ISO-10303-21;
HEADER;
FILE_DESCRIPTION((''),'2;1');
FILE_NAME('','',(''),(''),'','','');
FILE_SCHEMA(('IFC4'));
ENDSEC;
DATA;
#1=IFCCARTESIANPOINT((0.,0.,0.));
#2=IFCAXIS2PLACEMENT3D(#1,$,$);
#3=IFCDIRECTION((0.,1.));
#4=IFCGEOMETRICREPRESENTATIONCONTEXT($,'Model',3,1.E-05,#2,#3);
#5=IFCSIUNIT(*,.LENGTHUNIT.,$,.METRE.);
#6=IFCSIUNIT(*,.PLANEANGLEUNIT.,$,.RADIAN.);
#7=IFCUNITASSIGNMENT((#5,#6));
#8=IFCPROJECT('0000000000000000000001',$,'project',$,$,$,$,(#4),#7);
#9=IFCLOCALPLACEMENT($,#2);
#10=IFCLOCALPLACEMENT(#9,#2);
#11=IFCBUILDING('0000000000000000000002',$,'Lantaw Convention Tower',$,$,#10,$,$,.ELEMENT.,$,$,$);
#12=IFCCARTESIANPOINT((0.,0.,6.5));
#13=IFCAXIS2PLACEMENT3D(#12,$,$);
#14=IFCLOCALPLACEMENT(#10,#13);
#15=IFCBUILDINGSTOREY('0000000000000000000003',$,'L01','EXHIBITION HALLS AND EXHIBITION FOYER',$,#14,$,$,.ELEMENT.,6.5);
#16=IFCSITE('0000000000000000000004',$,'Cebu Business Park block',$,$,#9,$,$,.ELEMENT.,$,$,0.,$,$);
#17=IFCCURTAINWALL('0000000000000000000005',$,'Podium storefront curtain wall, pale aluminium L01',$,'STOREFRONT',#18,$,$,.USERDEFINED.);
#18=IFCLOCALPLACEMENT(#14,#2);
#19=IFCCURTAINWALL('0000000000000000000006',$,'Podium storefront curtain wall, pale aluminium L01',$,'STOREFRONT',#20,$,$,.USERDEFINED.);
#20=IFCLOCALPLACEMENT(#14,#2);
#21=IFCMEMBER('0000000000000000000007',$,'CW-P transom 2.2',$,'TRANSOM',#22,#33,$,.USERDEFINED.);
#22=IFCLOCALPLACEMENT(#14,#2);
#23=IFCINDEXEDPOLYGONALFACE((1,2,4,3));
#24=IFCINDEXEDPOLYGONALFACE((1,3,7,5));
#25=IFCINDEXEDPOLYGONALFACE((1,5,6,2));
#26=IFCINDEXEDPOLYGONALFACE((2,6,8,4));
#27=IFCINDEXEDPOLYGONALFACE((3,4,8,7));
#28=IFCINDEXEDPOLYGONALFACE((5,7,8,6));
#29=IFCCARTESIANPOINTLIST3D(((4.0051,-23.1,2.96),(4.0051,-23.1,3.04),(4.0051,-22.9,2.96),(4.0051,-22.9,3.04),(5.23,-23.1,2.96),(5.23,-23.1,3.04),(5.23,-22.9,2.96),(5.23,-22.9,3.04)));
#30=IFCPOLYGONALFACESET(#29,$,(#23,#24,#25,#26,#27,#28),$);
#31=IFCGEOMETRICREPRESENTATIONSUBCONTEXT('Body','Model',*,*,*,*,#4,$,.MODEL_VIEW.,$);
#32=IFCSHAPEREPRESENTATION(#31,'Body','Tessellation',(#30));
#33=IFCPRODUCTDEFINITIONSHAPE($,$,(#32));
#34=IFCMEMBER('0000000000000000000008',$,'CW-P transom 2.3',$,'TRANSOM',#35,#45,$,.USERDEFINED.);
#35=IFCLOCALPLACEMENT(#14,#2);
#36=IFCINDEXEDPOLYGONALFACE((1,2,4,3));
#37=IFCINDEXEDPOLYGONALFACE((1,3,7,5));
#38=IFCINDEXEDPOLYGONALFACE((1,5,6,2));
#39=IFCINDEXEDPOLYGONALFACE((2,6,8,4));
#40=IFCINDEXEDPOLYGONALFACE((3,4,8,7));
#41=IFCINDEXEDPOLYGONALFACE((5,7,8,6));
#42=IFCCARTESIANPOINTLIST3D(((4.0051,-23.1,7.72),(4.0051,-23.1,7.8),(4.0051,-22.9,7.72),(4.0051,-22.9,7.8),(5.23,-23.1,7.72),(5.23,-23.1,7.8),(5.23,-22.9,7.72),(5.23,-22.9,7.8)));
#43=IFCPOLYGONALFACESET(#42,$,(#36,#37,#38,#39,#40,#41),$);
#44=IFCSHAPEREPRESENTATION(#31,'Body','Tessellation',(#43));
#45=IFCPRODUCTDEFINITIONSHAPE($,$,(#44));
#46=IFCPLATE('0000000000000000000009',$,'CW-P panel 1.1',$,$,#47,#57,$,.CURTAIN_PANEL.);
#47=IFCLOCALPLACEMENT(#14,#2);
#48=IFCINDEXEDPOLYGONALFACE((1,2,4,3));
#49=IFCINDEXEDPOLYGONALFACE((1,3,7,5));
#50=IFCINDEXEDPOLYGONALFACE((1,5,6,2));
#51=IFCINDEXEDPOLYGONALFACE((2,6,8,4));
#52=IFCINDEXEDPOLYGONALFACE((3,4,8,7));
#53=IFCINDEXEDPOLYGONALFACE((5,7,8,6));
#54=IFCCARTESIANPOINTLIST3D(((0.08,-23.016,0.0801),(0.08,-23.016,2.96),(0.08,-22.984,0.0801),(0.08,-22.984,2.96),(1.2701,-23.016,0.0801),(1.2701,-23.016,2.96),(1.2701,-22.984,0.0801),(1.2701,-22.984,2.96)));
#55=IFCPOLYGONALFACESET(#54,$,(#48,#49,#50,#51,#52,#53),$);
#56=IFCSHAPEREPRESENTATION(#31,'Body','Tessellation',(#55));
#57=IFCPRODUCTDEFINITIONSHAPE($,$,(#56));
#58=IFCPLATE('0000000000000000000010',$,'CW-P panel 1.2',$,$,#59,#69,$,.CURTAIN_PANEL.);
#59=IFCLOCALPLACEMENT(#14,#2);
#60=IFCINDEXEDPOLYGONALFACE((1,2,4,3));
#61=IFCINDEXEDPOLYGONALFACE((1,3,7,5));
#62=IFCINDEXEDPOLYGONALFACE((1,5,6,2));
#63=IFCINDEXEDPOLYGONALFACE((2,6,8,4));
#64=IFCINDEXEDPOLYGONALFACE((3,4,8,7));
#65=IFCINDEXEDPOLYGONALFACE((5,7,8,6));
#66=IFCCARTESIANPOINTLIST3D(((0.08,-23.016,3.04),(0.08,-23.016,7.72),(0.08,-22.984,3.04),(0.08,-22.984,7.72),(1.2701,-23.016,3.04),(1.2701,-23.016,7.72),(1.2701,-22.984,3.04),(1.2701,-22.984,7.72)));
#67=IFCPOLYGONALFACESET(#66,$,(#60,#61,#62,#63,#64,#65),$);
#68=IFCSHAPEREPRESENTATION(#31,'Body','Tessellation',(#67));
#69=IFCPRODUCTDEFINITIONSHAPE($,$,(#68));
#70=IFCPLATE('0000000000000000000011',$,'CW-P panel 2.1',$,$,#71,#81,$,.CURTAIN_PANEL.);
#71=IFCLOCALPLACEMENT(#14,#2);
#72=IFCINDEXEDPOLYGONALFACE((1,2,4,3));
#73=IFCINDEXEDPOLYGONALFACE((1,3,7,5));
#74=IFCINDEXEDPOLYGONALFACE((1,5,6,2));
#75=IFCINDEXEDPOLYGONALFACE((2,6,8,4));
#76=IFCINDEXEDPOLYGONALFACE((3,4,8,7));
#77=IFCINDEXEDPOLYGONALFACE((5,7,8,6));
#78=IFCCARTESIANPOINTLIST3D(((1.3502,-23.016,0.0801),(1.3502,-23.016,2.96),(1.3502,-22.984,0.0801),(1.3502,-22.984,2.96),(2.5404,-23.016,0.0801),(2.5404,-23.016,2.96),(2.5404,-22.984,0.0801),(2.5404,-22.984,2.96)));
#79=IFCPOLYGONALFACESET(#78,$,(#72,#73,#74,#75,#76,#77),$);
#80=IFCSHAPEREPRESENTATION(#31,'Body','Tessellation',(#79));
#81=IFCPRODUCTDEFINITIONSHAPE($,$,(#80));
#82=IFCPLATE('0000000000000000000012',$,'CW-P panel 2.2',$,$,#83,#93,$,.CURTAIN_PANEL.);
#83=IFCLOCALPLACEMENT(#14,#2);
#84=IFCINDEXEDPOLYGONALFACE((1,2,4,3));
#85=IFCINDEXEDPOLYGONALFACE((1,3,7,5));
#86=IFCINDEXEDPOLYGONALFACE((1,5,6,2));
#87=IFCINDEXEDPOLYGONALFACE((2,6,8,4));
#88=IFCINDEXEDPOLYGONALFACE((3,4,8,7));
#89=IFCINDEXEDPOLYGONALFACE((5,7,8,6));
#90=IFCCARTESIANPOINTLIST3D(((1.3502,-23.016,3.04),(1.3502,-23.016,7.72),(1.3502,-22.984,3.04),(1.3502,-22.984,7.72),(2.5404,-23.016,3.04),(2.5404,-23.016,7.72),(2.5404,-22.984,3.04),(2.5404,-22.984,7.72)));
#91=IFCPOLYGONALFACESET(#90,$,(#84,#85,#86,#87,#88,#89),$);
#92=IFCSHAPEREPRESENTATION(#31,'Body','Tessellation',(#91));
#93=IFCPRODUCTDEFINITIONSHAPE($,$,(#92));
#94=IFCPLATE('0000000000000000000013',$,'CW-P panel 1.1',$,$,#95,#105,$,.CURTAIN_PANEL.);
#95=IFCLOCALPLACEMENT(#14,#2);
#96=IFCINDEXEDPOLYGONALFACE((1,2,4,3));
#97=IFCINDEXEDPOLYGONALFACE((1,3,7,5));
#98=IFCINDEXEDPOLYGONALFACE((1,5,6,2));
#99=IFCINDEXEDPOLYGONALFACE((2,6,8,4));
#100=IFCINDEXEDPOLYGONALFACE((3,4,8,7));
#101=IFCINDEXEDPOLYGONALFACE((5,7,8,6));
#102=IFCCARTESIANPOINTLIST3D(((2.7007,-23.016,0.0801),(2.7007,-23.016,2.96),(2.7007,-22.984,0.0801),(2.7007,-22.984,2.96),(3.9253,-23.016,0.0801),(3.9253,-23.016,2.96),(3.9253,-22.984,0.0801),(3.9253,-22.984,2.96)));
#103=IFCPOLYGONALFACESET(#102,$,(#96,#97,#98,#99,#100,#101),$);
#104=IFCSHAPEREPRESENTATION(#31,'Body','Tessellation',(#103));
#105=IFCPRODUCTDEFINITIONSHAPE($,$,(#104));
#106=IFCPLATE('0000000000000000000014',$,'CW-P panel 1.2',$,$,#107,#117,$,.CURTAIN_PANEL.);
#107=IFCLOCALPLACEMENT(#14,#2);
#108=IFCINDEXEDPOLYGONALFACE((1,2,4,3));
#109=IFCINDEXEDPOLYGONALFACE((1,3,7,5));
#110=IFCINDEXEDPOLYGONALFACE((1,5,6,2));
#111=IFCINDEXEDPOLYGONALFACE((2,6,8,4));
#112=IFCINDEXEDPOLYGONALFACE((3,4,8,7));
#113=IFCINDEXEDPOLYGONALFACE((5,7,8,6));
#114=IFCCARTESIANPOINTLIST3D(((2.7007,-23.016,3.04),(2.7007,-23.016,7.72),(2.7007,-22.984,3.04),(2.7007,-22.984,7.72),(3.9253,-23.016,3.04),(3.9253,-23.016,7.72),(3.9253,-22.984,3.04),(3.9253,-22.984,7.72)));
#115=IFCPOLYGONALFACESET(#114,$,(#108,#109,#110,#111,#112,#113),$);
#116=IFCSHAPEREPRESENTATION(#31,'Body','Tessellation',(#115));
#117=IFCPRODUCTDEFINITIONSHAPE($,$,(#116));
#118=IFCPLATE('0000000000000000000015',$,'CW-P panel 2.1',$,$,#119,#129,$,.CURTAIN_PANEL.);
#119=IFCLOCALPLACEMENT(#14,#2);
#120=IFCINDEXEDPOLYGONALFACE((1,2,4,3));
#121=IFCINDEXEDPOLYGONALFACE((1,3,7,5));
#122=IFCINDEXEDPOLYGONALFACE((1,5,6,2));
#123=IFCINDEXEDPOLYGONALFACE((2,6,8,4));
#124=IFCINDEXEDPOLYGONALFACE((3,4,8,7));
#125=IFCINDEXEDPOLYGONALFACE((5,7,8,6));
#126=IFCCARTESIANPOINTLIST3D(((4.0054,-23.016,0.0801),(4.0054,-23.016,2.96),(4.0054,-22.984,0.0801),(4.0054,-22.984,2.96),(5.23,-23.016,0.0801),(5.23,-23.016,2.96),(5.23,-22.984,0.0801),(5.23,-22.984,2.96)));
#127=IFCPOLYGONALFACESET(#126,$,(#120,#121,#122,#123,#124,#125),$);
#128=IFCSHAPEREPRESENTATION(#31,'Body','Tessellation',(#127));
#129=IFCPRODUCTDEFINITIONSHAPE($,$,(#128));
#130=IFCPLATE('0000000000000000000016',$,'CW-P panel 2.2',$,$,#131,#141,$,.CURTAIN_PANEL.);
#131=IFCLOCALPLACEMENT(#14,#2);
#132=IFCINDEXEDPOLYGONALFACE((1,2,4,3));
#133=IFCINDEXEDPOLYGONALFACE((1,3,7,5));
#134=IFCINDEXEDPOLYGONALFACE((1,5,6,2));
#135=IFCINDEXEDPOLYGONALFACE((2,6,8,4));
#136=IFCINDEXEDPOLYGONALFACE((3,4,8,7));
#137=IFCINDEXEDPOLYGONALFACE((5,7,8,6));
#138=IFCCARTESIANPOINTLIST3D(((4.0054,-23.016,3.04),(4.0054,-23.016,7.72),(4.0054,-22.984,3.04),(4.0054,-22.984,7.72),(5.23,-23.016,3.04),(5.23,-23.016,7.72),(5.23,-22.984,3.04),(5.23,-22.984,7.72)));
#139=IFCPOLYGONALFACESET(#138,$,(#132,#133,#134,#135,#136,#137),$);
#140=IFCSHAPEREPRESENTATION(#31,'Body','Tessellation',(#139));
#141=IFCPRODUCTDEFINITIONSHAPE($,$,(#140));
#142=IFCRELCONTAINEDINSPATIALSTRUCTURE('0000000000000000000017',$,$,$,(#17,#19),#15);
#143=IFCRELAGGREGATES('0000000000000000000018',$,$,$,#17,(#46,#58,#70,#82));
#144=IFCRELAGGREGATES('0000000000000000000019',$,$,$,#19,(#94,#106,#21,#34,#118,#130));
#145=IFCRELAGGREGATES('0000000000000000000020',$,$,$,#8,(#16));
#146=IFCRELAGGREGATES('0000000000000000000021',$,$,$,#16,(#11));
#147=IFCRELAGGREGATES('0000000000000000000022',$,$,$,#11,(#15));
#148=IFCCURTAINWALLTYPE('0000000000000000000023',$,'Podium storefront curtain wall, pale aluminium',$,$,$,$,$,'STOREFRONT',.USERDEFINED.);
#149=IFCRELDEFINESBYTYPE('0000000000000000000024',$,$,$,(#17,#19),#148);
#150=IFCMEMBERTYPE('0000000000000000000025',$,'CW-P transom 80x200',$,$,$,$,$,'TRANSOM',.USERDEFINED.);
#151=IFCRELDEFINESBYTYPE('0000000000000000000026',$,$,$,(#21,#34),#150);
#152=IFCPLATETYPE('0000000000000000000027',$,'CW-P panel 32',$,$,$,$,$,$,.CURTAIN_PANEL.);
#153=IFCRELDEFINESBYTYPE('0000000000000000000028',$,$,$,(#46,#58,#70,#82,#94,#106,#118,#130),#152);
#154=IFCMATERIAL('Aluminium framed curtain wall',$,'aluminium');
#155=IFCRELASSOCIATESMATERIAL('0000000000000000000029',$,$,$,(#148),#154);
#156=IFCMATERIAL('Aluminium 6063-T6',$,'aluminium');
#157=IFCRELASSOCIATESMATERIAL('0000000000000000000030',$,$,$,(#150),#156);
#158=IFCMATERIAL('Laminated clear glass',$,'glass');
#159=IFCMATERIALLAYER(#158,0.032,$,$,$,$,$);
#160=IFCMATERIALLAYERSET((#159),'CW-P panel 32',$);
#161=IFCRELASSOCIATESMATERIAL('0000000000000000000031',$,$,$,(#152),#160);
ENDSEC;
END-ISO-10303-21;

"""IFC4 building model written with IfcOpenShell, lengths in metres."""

from ifc_helpers import new_model, si_unit, direction, frame, origin, origin_2d, place, context, subcontext, project, spatial, rectangle, extrude, material, layer, layer_set, material_profile, profile_set, type_object, element, aggregate, save


model = new_model("IFC4")

# Units and contexts
model_context = context("Model", 3, precision=1e-05, world=origin(), true_north=direction((0.0, 1.0)))
body_context = subcontext(model_context, "Body", "Model", "MODEL_VIEW")
ifc_project = project(units=[si_unit("LENGTHUNIT", "METRE"), si_unit("PLANEANGLEUNIT", "RADIAN")], contexts=[model_context])

# Site, building, storey
site_placement = place(None, origin())
site = spatial("IfcSite", under=ifc_project, at=site_placement, Name="Cebu Business Park block", CompositionType="ELEMENT", RefElevation=0.0)
building_placement = place(site_placement, origin())
building = spatial("IfcBuilding", under=site, at=building_placement, Name="Lantaw Convention Tower", CompositionType="ELEMENT")
storey_placement = place(building_placement, frame((0.0, 0.0, 6.5)))
storey = spatial("IfcBuildingStorey", under=building, at=storey_placement, Name="L01", Description="EXHIBITION HALLS AND EXHIBITION FOYER", CompositionType="ELEMENT", Elevation=6.5)

# Curtain walls
ifc_material_1 = material(Name="Aluminium framed curtain wall", Category="aluminium")
curtain_wall_type = type_object("IfcCurtainWallType", Name="Podium storefront curtain wall, pale aluminium", ElementType="STOREFRONT", PredefinedType="USERDEFINED", material=ifc_material_1)
curtain_wall_1_placement = place(storey_placement, origin())
curtain_wall_1 = element("IfcCurtainWall", 1, at=curtain_wall_1_placement, inside=storey, type_object=curtain_wall_type, Name="Podium storefront curtain wall, pale aluminium L01", ObjectType="STOREFRONT", PredefinedType="USERDEFINED")
ifc_material_2 = material(Name="Aluminium 6063-T6", Category="aluminium")
curtain_wall_2_placement = place(storey_placement, origin())
curtain_wall_2 = element("IfcCurtainWall", 2, at=curtain_wall_2_placement, inside=storey, type_object=curtain_wall_type, Name="Podium storefront curtain wall, pale aluminium L01", ObjectType="STOREFRONT", PredefinedType="USERDEFINED")

# Members
ifc_material_profile_1 = material_profile(ifc_material_2, rectangle(XDim=0.2, YDim=0.0801, at=origin_2d()), Name="CW-P transom 80x200")
ifc_profile_set_1 = profile_set([ifc_material_profile_1], Name="Aluminium 6063-T6")
member_type_1 = type_object("IfcMemberType", Name="CW-P transom 80x200", ElementType="TRANSOM", PredefinedType="USERDEFINED", material=ifc_profile_set_1)
member_1_placement = place(storey_placement, frame((4.0051, -23.0, 3.0), z_axis=(1.0, 0.0, 0.0), x_axis=(0.0, 1.0, 0.0)))
member_1 = element("IfcMember", 3, at=member_1_placement, type_object=member_type_1, Name="CW-P transom 2.2", ObjectType="TRANSOM", PredefinedType="USERDEFINED", context=body_context, shape_type="SweptSolid", body=[
    extrude(rectangle(XDim=0.2, YDim=0.0801, at=origin_2d()), origin(), (0.0, 0.0, 1.0), 1.2249),
])
member_2_placement = place(storey_placement, frame((4.0051, -23.0, 7.76), z_axis=(1.0, 0.0, 0.0), x_axis=(0.0, 1.0, 0.0)))
member_2 = element("IfcMember", 4, at=member_2_placement, type_object=member_type_1, Name="CW-P transom 2.3", ObjectType="TRANSOM", PredefinedType="USERDEFINED", context=body_context, shape_type="SweptSolid", body=[
    extrude(rectangle(XDim=0.2, YDim=0.0801, at=origin_2d()), origin(), (0.0, 0.0, 1.0), 1.2249),
])

# Plates
ifc_material_3 = material(Name="Laminated clear glass", Category="glass")
ifc_layer = layer(ifc_material_3, 0.032)
ifc_layer_set = layer_set([ifc_layer], Name="CW-P panel 32")
plate_type = type_object("IfcPlateType", Name="CW-P panel 32", PredefinedType="CURTAIN_PANEL", material=ifc_layer_set)
plate_1_placement = place(storey_placement, frame((0.675, -23.0, 0.0801), z_axis=(0.0, 0.0, 1.0), x_axis=(1.0, 0.0, 0.0)))
plate_1 = element("IfcPlate", 5, at=plate_1_placement, type_object=plate_type, Name="CW-P panel 1.1", PredefinedType="CURTAIN_PANEL", context=body_context, shape_type="SweptSolid", body=[
    extrude(rectangle(XDim=1.1902, YDim=0.032, at=origin_2d()), origin(), (0.0, 0.0, 1.0), 2.8799),
])
plate_2_placement = place(storey_placement, frame((0.675, -23.0, 3.04), z_axis=(0.0, 0.0, 1.0), x_axis=(1.0, 0.0, 0.0)))
plate_2 = element("IfcPlate", 6, at=plate_2_placement, type_object=plate_type, Name="CW-P panel 1.2", PredefinedType="CURTAIN_PANEL", context=body_context, shape_type="SweptSolid", body=[
    extrude(rectangle(XDim=1.1902, YDim=0.032, at=origin_2d()), origin(), (0.0, 0.0, 1.0), 4.6799),
])
plate_3_placement = place(storey_placement, frame((1.9453, -23.0, 0.0801), z_axis=(0.0, 0.0, 1.0), x_axis=(1.0, 0.0, 0.0)))
plate_3 = element("IfcPlate", 7, at=plate_3_placement, type_object=plate_type, Name="CW-P panel 2.1", PredefinedType="CURTAIN_PANEL", context=body_context, shape_type="SweptSolid", body=[
    extrude(rectangle(XDim=1.1902, YDim=0.032, at=origin_2d()), origin(), (0.0, 0.0, 1.0), 2.8799),
])
plate_4_placement = place(storey_placement, frame((1.9453, -23.0, 3.04), z_axis=(0.0, 0.0, 1.0), x_axis=(1.0, 0.0, 0.0)))
plate_4 = element("IfcPlate", 8, at=plate_4_placement, type_object=plate_type, Name="CW-P panel 2.2", PredefinedType="CURTAIN_PANEL", context=body_context, shape_type="SweptSolid", body=[
    extrude(rectangle(XDim=1.1902, YDim=0.032, at=origin_2d()), origin(), (0.0, 0.0, 1.0), 4.6799),
])
aggregate(curtain_wall_1, [plate_1, plate_2, plate_3, plate_4])
plate_5_placement = place(storey_placement, frame((3.313, -23.0, 0.0801), z_axis=(0.0, 0.0, 1.0), x_axis=(1.0, 0.0, 0.0)))
plate_5 = element("IfcPlate", 9, at=plate_5_placement, type_object=plate_type, Name="CW-P panel 1.1", PredefinedType="CURTAIN_PANEL", context=body_context, shape_type="SweptSolid", body=[
    extrude(rectangle(XDim=1.2246, YDim=0.032, at=origin_2d()), origin(), (0.0, 0.0, 1.0), 2.8799),
])
plate_6_placement = place(storey_placement, frame((3.313, -23.0, 3.04), z_axis=(0.0, 0.0, 1.0), x_axis=(1.0, 0.0, 0.0)))
plate_6 = element("IfcPlate", 10, at=plate_6_placement, type_object=plate_type, Name="CW-P panel 1.2", PredefinedType="CURTAIN_PANEL", context=body_context, shape_type="SweptSolid", body=[
    extrude(rectangle(XDim=1.2246, YDim=0.032, at=origin_2d()), origin(), (0.0, 0.0, 1.0), 4.6799),
])
plate_7_placement = place(storey_placement, frame((4.6177, -23.0, 0.0801), z_axis=(0.0, 0.0, 1.0), x_axis=(1.0, 0.0, 0.0)))
plate_7 = element("IfcPlate", 11, at=plate_7_placement, type_object=plate_type, Name="CW-P panel 2.1", PredefinedType="CURTAIN_PANEL", context=body_context, shape_type="SweptSolid", body=[
    extrude(rectangle(XDim=1.2246, YDim=0.032, at=origin_2d()), origin(), (0.0, 0.0, 1.0), 2.8799),
])
plate_8_placement = place(storey_placement, frame((4.6177, -23.0, 3.04), z_axis=(0.0, 0.0, 1.0), x_axis=(1.0, 0.0, 0.0)))
plate_8 = element("IfcPlate", 12, at=plate_8_placement, type_object=plate_type, Name="CW-P panel 2.2", PredefinedType="CURTAIN_PANEL", context=body_context, shape_type="SweptSolid", body=[
    extrude(rectangle(XDim=1.2246, YDim=0.032, at=origin_2d()), origin(), (0.0, 0.0, 1.0), 4.6799),
])
aggregate(curtain_wall_2, [plate_5, plate_6, member_1, member_2, plate_7, plate_8])

save(model, "model.ifc")
